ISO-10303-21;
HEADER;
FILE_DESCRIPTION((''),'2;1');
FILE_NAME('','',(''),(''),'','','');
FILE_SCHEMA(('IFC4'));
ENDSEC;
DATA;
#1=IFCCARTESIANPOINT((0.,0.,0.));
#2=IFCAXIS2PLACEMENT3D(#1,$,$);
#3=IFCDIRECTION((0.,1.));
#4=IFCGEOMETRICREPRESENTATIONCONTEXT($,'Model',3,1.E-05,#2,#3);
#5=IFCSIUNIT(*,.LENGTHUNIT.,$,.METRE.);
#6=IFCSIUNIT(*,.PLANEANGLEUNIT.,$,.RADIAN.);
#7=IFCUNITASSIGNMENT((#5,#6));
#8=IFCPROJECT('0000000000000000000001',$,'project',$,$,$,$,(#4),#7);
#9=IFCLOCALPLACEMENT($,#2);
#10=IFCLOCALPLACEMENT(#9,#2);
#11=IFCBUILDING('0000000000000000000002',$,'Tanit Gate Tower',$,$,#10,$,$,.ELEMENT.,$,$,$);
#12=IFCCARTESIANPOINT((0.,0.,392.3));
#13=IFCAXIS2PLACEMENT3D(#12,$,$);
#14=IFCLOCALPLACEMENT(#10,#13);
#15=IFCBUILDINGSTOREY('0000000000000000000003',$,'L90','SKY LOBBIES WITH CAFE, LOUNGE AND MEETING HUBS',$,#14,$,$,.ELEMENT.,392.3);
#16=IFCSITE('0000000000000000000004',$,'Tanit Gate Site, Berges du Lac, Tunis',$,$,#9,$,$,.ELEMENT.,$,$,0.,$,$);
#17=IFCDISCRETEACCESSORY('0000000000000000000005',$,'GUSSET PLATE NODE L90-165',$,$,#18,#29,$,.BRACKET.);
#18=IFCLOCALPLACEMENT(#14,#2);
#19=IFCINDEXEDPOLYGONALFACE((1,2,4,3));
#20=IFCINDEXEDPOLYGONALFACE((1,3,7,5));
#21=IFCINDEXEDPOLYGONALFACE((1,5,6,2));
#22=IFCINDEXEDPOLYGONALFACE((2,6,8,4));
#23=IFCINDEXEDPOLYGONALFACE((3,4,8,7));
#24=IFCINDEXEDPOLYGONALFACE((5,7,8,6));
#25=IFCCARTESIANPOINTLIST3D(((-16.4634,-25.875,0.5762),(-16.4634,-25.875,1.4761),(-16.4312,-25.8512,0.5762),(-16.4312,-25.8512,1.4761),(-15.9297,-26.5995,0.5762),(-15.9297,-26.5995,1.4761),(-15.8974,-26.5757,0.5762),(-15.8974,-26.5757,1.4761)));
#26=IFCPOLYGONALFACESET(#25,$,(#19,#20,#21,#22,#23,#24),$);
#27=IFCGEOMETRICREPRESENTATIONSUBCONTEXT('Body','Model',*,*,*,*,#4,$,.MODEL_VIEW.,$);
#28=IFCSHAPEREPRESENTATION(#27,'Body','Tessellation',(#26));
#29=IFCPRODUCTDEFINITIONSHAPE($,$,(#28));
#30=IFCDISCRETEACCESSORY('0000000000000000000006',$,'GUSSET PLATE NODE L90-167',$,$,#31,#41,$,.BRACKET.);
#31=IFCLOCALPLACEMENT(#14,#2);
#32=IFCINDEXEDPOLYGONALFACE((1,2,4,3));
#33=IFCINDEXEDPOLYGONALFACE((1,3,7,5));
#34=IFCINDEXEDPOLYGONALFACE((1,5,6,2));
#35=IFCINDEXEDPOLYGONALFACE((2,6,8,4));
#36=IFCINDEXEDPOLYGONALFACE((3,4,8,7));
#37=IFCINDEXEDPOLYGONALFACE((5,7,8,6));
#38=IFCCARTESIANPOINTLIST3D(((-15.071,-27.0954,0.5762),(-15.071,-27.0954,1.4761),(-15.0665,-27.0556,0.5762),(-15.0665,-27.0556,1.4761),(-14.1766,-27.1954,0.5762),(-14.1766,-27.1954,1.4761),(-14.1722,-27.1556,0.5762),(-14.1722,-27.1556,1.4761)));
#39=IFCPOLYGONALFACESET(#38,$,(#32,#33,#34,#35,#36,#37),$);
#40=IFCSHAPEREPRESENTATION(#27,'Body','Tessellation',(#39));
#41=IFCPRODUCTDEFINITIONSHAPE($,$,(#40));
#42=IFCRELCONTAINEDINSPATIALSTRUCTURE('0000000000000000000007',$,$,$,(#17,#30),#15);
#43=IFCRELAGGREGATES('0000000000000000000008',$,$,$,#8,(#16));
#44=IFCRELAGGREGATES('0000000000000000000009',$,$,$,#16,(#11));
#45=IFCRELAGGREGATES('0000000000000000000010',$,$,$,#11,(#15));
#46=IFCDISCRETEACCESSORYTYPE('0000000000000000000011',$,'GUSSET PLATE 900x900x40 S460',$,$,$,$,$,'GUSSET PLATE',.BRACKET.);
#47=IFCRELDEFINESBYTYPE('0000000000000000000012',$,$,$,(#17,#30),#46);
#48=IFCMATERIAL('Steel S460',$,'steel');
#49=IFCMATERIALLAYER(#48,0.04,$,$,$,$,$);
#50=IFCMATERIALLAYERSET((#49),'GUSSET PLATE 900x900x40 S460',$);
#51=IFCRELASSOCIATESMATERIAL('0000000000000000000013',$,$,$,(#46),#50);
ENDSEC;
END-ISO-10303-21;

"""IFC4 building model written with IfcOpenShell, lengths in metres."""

from ifc_helpers import new_model, si_unit, direction, frame, origin, origin_2d, place, context, subcontext, project, spatial, rectangle, extrude, material, layer, layer_set, type_object, element, save


model = new_model("IFC4")

# Units and contexts
model_context = context("Model", 3, precision=1e-05, world=origin(), true_north=direction((0.0, 1.0)))
body_context = subcontext(model_context, "Body", "Model", "MODEL_VIEW")
ifc_project = project(units=[si_unit("LENGTHUNIT", "METRE"), si_unit("PLANEANGLEUNIT", "RADIAN")], contexts=[model_context])

# Site, building, storey
site_placement = place(None, origin())
site = spatial("IfcSite", under=ifc_project, at=site_placement, Name="Tanit Gate Site, Berges du Lac, Tunis", CompositionType="ELEMENT", RefElevation=0.0)
building_placement = place(site_placement, origin())
building = spatial("IfcBuilding", under=site, at=building_placement, Name="Tanit Gate Tower", CompositionType="ELEMENT")
storey_placement = place(building_placement, frame((0.0, 0.0, 392.3)))
storey = spatial("IfcBuildingStorey", under=building, at=storey_placement, Name="L90", Description="SKY LOBBIES WITH CAFE, LOUNGE AND MEETING HUBS", CompositionType="ELEMENT", Elevation=392.3)

# Discrete accessories
ifc_material_1 = material(Name="Steel S460", Category="steel")
ifc_layer_1 = layer(ifc_material_1, 0.04)
ifc_layer_set_1 = layer_set([ifc_layer_1], Name="GUSSET PLATE 900x900x40 S460")
discrete_accessory_type = type_object("IfcDiscreteAccessoryType", Name="GUSSET PLATE 900x900x40 S460", ElementType="GUSSET PLATE", PredefinedType="BRACKET", material=ifc_layer_set_1)
for number, where, z_axis, x_axis, name in (
    (1, (-16.1804, -26.2253, 0.5762), (0.0, 0.0, 1.0), (-0.593124, 0.805111, 0.0), "GUSSET PLATE NODE L90-165"),
    (2, (-14.6216, -27.1255, 0.5762), (0.0, 0.0, 1.0), (0.993809, -0.111105, 0.0), "GUSSET PLATE NODE L90-167"),
):
    element("IfcDiscreteAccessory", number, at=place(storey_placement, frame(where, z_axis=z_axis, x_axis=x_axis)), inside=storey, type_object=discrete_accessory_type, Name=name, PredefinedType="BRACKET", context=body_context, shape_type="SweptSolid", body=[
        extrude(rectangle(XDim=0.8999, YDim=0.04, at=origin_2d()), origin(), (0.0, 0.0, 1.0), 0.8999),
    ])

save(model, "model.ifc")
